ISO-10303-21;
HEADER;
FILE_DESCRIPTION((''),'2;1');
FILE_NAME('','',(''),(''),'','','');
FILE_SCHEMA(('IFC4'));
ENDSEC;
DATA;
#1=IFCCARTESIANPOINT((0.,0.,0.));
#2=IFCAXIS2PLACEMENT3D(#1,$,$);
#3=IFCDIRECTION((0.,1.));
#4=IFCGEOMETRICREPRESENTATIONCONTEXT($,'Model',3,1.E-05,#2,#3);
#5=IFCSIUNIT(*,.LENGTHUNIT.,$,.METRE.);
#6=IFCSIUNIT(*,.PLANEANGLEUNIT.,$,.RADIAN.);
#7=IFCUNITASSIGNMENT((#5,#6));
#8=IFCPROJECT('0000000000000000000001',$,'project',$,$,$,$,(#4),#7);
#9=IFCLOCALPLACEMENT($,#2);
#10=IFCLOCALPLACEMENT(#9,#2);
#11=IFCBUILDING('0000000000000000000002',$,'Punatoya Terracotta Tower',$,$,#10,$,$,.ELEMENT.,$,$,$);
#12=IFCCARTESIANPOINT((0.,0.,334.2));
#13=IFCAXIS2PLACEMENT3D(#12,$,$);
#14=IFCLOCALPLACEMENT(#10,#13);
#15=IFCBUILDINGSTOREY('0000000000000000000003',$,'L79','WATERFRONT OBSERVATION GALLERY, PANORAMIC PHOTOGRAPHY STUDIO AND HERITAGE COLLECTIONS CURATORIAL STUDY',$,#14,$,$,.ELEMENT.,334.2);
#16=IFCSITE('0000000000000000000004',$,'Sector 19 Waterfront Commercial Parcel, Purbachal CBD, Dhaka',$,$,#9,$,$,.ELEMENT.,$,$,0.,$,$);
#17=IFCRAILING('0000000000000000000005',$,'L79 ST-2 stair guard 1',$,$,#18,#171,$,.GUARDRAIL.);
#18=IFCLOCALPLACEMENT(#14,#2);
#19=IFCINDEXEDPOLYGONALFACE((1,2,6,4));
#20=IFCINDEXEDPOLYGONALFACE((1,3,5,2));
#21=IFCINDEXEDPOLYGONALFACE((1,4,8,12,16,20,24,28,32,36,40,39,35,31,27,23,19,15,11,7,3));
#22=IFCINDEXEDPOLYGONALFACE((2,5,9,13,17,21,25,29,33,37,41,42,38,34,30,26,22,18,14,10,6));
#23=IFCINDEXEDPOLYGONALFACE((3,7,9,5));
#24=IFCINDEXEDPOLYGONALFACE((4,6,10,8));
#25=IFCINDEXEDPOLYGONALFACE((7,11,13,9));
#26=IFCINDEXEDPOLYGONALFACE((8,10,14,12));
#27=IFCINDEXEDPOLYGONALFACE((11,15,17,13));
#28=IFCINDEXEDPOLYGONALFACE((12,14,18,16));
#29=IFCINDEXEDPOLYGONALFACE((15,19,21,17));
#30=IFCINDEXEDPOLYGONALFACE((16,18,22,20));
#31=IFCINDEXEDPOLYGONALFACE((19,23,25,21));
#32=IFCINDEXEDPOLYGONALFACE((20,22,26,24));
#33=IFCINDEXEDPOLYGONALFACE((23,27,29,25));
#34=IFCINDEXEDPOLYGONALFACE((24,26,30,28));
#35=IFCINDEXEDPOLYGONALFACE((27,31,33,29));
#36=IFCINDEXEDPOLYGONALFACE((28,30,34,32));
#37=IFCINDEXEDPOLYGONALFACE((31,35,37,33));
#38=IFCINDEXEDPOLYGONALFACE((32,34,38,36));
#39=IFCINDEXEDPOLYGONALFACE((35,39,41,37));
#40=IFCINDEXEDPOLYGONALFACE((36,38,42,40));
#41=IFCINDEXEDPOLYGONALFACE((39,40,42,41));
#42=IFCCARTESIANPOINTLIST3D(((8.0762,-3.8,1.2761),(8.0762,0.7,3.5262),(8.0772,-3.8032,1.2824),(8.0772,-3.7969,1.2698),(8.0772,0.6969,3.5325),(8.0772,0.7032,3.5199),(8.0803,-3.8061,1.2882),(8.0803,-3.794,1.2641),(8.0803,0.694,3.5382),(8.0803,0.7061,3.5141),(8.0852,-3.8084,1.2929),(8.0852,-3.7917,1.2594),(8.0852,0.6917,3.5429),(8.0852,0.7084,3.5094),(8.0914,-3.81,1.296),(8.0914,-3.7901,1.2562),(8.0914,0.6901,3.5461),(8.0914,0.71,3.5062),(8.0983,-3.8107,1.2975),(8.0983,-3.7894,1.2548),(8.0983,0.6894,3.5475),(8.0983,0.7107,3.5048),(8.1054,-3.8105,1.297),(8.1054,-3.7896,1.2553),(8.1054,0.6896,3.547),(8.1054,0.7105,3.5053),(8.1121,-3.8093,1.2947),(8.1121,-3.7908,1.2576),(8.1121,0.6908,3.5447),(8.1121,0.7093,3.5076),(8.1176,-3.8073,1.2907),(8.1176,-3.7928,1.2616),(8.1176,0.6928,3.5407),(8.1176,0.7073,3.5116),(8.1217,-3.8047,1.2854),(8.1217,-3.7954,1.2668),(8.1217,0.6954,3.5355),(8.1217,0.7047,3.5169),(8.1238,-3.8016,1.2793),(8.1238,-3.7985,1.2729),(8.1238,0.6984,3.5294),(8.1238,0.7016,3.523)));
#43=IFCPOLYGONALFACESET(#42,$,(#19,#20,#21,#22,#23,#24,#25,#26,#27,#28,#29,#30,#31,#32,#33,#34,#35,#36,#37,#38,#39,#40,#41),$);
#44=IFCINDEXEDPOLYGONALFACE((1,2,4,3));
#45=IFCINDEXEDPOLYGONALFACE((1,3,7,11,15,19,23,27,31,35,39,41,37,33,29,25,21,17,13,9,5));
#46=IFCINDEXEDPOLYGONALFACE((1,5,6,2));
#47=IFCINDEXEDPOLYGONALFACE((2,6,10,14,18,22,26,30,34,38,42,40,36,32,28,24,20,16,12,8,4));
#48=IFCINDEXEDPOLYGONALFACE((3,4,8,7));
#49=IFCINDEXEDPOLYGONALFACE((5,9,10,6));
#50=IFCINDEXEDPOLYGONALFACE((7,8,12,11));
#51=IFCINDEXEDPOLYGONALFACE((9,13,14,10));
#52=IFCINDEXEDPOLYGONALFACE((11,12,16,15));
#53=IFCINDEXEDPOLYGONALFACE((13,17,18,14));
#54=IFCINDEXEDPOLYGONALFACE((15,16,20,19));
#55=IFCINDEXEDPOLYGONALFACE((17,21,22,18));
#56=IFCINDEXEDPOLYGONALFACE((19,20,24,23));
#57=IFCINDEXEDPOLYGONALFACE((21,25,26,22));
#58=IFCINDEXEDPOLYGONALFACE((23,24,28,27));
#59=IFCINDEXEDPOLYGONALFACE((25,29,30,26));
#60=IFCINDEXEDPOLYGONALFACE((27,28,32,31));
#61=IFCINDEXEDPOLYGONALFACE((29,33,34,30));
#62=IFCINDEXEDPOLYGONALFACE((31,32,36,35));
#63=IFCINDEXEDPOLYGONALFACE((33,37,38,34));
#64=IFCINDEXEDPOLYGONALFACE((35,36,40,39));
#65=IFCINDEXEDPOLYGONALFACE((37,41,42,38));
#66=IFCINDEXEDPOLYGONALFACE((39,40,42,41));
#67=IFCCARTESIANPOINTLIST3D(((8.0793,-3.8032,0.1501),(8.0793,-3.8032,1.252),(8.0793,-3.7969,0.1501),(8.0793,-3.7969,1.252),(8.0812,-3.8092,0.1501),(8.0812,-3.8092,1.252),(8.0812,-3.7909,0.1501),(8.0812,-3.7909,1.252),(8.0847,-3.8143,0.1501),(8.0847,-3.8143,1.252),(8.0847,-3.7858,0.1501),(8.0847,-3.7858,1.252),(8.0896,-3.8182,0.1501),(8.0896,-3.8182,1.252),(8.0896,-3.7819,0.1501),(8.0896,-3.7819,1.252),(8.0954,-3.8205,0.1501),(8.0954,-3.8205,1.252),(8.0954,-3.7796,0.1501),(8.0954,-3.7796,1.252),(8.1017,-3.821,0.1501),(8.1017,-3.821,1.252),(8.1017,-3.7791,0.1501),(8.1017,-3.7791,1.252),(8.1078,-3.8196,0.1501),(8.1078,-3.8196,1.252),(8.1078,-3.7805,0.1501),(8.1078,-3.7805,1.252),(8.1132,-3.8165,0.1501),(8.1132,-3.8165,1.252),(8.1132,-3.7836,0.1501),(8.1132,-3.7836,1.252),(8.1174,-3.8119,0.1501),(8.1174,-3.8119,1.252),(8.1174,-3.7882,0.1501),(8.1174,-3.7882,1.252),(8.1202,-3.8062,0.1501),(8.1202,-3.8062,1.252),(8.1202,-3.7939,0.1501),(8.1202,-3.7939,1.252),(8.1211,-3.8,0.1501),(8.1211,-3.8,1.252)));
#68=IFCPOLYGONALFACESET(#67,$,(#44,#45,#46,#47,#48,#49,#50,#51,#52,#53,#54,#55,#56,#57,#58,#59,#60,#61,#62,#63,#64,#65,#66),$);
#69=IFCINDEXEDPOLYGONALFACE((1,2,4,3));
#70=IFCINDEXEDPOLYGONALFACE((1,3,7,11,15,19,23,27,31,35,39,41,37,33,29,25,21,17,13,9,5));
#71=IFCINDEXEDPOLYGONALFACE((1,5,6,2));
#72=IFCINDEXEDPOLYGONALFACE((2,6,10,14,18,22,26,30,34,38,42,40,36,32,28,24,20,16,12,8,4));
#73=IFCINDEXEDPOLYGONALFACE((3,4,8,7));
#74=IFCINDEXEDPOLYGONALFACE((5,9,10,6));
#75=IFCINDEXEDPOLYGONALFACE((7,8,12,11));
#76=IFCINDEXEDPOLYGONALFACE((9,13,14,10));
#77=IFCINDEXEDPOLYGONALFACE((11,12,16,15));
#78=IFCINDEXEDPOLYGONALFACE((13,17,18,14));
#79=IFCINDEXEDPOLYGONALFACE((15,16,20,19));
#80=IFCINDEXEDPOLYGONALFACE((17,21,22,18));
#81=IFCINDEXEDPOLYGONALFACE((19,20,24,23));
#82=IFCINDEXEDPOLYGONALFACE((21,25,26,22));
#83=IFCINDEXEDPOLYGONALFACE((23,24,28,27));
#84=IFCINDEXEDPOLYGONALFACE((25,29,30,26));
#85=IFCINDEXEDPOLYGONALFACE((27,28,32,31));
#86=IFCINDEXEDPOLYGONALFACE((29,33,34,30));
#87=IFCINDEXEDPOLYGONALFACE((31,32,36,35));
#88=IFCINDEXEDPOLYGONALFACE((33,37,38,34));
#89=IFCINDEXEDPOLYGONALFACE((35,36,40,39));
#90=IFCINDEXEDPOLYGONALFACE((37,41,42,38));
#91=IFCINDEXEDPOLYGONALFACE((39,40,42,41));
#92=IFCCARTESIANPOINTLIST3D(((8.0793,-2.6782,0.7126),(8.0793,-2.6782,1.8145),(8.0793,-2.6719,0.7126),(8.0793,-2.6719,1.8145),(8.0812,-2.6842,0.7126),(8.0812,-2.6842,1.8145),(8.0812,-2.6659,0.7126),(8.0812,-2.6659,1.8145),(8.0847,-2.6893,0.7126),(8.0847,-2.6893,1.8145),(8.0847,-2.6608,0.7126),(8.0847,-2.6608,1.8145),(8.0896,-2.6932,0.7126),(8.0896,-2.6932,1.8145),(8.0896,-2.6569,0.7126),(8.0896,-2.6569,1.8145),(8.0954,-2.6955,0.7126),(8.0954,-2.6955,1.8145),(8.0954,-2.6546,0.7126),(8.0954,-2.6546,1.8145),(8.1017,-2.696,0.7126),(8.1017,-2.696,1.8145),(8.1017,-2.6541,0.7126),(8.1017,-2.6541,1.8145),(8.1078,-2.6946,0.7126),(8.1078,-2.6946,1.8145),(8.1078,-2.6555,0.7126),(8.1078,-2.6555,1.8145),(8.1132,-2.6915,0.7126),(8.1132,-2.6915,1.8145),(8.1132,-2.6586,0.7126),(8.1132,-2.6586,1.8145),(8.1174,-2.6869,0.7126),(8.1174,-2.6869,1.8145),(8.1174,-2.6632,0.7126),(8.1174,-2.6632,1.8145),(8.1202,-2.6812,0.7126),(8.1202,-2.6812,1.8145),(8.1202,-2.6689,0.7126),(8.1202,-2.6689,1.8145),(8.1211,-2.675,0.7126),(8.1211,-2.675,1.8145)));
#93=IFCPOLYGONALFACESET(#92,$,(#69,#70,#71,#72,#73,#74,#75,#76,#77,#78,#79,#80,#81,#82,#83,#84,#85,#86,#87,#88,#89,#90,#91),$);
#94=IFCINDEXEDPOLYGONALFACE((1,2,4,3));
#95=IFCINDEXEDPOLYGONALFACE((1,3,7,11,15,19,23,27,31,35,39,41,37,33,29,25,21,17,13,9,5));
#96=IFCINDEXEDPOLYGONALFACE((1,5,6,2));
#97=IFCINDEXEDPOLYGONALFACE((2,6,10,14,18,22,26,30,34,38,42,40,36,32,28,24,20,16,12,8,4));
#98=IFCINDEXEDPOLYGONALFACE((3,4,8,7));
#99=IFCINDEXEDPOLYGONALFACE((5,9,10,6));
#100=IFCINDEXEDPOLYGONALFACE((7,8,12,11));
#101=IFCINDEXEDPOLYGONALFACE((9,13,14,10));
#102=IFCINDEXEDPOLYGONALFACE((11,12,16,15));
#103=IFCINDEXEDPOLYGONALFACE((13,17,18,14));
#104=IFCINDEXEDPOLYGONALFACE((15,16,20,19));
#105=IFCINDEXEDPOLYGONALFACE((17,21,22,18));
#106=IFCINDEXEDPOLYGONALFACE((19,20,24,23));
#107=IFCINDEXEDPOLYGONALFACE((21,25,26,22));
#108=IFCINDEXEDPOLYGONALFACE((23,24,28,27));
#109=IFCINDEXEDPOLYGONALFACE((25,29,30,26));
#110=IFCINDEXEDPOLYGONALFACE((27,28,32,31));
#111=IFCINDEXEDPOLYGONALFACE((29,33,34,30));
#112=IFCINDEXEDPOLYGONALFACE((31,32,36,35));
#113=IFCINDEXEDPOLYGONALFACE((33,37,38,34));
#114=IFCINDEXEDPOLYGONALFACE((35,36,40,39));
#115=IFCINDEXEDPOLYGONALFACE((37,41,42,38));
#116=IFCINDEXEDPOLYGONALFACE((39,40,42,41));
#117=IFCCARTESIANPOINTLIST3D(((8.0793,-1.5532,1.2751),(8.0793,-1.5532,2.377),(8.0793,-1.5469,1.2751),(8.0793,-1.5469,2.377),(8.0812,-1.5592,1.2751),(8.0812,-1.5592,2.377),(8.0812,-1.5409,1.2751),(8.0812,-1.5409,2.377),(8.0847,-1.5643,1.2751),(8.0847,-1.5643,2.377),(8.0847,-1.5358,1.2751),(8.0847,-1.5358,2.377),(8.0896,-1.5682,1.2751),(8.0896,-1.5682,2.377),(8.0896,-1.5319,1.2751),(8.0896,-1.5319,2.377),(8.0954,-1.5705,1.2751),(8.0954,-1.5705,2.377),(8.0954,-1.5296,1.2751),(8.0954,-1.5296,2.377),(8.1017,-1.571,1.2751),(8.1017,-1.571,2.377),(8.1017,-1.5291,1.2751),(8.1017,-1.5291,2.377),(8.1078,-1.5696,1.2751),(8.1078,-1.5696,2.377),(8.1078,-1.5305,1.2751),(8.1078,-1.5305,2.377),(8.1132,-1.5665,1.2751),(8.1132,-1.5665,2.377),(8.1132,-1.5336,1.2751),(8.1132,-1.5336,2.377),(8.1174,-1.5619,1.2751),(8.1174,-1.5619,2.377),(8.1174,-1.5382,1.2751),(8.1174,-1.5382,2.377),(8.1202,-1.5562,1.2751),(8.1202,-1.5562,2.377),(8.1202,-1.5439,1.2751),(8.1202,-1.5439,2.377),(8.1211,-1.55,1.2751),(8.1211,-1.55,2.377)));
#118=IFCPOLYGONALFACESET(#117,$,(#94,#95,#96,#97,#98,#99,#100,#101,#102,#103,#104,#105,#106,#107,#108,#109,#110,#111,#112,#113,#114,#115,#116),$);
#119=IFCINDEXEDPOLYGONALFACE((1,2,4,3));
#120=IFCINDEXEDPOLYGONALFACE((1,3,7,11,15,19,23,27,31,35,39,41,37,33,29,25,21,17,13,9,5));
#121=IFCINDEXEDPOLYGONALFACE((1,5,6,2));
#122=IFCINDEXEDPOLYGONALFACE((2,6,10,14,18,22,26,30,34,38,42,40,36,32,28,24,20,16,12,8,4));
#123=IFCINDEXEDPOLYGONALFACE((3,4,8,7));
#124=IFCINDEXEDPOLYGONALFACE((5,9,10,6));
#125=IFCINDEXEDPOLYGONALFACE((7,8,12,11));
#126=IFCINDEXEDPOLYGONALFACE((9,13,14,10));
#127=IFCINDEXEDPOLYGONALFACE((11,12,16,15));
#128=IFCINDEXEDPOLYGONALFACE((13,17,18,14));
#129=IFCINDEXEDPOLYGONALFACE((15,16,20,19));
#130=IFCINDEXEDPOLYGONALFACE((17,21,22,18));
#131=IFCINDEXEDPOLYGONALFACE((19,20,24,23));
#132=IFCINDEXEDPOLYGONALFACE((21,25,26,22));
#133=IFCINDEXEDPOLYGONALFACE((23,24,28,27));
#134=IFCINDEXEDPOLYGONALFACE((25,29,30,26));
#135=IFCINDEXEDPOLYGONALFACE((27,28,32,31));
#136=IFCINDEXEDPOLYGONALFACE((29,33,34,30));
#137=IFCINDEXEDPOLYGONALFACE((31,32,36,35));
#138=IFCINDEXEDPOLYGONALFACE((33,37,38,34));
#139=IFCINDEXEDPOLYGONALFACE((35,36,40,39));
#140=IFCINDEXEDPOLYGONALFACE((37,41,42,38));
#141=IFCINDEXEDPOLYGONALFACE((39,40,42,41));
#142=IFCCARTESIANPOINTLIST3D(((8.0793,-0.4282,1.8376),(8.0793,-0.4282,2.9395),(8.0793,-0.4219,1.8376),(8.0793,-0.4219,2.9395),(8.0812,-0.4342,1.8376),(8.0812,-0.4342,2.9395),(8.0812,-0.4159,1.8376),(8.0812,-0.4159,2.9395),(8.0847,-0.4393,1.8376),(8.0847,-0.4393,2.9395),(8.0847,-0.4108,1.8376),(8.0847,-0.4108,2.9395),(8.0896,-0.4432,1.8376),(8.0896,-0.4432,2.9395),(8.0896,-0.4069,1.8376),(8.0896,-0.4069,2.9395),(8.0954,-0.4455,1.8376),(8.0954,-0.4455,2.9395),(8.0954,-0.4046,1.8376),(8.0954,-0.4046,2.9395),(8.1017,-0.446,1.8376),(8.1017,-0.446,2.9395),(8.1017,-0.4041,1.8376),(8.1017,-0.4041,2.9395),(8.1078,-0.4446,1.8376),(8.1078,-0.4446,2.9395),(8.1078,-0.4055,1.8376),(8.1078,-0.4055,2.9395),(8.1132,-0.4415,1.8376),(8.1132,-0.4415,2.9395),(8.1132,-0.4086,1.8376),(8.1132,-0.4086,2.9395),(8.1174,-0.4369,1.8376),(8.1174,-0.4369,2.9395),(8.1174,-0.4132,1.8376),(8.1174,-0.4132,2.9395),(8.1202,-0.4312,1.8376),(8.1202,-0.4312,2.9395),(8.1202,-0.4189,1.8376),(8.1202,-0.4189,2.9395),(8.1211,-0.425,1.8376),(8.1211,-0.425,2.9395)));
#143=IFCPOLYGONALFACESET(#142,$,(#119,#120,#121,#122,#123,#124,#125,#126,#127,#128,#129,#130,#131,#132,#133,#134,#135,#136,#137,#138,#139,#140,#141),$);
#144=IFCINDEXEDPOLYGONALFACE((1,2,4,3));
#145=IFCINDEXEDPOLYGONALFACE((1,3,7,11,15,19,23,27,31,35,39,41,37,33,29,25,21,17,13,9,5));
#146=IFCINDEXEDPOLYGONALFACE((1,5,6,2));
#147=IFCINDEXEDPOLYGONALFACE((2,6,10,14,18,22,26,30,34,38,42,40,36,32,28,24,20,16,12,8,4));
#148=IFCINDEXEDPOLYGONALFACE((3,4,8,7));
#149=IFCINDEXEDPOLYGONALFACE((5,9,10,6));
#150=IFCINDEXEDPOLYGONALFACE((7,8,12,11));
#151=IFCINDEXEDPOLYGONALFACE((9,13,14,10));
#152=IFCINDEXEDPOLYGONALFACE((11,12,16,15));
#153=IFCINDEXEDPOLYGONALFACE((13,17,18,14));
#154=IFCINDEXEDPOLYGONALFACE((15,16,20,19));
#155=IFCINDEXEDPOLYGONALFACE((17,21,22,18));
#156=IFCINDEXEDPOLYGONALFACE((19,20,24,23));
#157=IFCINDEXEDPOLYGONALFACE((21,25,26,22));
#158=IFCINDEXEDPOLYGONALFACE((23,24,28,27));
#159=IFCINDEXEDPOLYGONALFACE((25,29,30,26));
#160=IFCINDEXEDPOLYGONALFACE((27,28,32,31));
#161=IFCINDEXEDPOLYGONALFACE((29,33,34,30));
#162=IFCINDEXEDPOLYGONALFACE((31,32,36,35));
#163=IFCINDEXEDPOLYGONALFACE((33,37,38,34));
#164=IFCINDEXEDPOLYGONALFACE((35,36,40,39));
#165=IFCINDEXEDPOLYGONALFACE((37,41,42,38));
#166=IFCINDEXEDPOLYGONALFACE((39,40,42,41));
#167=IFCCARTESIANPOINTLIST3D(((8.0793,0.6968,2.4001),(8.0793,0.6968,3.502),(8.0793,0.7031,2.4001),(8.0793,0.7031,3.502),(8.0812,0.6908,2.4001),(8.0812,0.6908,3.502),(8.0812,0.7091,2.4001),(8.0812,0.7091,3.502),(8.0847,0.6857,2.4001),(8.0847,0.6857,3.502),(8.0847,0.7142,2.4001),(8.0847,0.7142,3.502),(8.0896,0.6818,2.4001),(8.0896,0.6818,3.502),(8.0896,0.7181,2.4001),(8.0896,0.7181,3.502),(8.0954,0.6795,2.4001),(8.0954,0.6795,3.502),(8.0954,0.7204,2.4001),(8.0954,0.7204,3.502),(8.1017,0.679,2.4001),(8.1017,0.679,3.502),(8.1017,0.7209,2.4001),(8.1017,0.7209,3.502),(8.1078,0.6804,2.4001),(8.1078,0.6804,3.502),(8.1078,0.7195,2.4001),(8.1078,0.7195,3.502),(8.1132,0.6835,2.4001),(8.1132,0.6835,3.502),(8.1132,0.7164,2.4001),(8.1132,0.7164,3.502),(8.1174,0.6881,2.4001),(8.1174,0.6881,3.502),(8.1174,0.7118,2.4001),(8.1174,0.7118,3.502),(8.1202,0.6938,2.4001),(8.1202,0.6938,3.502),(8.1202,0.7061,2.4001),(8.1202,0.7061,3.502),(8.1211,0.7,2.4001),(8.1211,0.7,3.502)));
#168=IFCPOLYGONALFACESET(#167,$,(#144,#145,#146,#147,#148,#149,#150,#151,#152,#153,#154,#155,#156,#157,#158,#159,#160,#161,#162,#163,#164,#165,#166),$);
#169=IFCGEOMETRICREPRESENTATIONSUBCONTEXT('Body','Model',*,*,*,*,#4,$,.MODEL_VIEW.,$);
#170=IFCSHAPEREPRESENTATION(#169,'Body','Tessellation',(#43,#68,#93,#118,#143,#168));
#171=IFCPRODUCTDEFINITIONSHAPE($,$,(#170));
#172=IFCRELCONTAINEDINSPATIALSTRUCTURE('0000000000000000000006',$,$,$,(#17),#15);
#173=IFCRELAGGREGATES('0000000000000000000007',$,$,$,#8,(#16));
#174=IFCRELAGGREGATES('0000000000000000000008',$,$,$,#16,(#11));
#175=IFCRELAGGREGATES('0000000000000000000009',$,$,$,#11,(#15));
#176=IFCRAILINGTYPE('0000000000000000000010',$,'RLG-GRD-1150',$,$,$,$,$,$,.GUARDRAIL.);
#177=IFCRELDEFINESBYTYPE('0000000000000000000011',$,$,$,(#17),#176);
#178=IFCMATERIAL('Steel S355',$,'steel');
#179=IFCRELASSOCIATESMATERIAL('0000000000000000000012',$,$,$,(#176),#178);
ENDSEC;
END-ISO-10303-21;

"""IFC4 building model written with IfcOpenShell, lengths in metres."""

from ifc_helpers import new_model, si_unit, direction, frame, origin, origin_2d, place, context, subcontext, project, spatial, circle, extrude, material, type_object, element, save


model = new_model("IFC4")

# Units and contexts
model_context = context("Model", 3, precision=1e-05, world=origin(), true_north=direction((0.0, 1.0)))
body_context = subcontext(model_context, "Body", "Model", "MODEL_VIEW")
ifc_project = project(units=[si_unit("LENGTHUNIT", "METRE"), si_unit("PLANEANGLEUNIT", "RADIAN")], contexts=[model_context])

# Site, building, storey
site_placement = place(None, origin())
site = spatial("IfcSite", under=ifc_project, at=site_placement, Name="Sector 19 Waterfront Commercial Parcel, Purbachal CBD, Dhaka", CompositionType="ELEMENT", RefElevation=0.0)
building_placement = place(site_placement, origin())
building = spatial("IfcBuilding", under=site, at=building_placement, Name="Punatoya Terracotta Tower", CompositionType="ELEMENT")
storey_placement = place(building_placement, frame((0.0, 0.0, 334.2)))
storey = spatial("IfcBuildingStorey", under=building, at=storey_placement, Name="L79", Description="WATERFRONT OBSERVATION GALLERY, PANORAMIC PHOTOGRAPHY STUDIO AND HERITAGE COLLECTIONS CURATORIAL STUDY", CompositionType="ELEMENT", Elevation=334.2)

# Shared definitions
ifc_material_1 = material(Name="Steel S355", Category="steel")

# Railing
railing_type_1 = type_object("IfcRailingType", Name="RLG-GRD-1150", PredefinedType="GUARDRAIL", material=ifc_material_1)
railing_1_placement = place(storey_placement, frame((8.1001, -3.8, 0.1501)))
element("IfcRailing", 1, at=railing_1_placement, inside=storey, type_object=railing_type_1, Name="L79 ST-2 stair guard 1", PredefinedType="GUARDRAIL", context=body_context, shape_type="SweptSolid", body=[
    extrude(circle(Radius=0.0239, at=origin_2d()), frame((0.0, 0.0, 1.126), z_axis=(0.0, 0.894427, 0.447214), x_axis=(-1.0, 0.0, 0.0)), (0.0, 0.0, 1.0), 5.0312),
    extrude(circle(Radius=0.021, at=origin_2d()), origin(), (0.0, 0.0, 1.0), 1.1018),
    extrude(circle(Radius=0.021, at=origin_2d()), frame((0.0, 1.125, 0.5625)), (0.0, 0.0, 1.0), 1.1018),
    extrude(circle(Radius=0.021, at=origin_2d()), frame((0.0, 2.25, 1.125)), (0.0, 0.0, 1.0), 1.1018),
    extrude(circle(Radius=0.021, at=origin_2d()), frame((0.0, 3.375, 1.6875)), (0.0, 0.0, 1.0), 1.1018),
    extrude(circle(Radius=0.021, at=origin_2d()), frame((0.0, 4.5, 2.25)), (0.0, 0.0, 1.0), 1.1018),
])

save(model, "model.ifc")
